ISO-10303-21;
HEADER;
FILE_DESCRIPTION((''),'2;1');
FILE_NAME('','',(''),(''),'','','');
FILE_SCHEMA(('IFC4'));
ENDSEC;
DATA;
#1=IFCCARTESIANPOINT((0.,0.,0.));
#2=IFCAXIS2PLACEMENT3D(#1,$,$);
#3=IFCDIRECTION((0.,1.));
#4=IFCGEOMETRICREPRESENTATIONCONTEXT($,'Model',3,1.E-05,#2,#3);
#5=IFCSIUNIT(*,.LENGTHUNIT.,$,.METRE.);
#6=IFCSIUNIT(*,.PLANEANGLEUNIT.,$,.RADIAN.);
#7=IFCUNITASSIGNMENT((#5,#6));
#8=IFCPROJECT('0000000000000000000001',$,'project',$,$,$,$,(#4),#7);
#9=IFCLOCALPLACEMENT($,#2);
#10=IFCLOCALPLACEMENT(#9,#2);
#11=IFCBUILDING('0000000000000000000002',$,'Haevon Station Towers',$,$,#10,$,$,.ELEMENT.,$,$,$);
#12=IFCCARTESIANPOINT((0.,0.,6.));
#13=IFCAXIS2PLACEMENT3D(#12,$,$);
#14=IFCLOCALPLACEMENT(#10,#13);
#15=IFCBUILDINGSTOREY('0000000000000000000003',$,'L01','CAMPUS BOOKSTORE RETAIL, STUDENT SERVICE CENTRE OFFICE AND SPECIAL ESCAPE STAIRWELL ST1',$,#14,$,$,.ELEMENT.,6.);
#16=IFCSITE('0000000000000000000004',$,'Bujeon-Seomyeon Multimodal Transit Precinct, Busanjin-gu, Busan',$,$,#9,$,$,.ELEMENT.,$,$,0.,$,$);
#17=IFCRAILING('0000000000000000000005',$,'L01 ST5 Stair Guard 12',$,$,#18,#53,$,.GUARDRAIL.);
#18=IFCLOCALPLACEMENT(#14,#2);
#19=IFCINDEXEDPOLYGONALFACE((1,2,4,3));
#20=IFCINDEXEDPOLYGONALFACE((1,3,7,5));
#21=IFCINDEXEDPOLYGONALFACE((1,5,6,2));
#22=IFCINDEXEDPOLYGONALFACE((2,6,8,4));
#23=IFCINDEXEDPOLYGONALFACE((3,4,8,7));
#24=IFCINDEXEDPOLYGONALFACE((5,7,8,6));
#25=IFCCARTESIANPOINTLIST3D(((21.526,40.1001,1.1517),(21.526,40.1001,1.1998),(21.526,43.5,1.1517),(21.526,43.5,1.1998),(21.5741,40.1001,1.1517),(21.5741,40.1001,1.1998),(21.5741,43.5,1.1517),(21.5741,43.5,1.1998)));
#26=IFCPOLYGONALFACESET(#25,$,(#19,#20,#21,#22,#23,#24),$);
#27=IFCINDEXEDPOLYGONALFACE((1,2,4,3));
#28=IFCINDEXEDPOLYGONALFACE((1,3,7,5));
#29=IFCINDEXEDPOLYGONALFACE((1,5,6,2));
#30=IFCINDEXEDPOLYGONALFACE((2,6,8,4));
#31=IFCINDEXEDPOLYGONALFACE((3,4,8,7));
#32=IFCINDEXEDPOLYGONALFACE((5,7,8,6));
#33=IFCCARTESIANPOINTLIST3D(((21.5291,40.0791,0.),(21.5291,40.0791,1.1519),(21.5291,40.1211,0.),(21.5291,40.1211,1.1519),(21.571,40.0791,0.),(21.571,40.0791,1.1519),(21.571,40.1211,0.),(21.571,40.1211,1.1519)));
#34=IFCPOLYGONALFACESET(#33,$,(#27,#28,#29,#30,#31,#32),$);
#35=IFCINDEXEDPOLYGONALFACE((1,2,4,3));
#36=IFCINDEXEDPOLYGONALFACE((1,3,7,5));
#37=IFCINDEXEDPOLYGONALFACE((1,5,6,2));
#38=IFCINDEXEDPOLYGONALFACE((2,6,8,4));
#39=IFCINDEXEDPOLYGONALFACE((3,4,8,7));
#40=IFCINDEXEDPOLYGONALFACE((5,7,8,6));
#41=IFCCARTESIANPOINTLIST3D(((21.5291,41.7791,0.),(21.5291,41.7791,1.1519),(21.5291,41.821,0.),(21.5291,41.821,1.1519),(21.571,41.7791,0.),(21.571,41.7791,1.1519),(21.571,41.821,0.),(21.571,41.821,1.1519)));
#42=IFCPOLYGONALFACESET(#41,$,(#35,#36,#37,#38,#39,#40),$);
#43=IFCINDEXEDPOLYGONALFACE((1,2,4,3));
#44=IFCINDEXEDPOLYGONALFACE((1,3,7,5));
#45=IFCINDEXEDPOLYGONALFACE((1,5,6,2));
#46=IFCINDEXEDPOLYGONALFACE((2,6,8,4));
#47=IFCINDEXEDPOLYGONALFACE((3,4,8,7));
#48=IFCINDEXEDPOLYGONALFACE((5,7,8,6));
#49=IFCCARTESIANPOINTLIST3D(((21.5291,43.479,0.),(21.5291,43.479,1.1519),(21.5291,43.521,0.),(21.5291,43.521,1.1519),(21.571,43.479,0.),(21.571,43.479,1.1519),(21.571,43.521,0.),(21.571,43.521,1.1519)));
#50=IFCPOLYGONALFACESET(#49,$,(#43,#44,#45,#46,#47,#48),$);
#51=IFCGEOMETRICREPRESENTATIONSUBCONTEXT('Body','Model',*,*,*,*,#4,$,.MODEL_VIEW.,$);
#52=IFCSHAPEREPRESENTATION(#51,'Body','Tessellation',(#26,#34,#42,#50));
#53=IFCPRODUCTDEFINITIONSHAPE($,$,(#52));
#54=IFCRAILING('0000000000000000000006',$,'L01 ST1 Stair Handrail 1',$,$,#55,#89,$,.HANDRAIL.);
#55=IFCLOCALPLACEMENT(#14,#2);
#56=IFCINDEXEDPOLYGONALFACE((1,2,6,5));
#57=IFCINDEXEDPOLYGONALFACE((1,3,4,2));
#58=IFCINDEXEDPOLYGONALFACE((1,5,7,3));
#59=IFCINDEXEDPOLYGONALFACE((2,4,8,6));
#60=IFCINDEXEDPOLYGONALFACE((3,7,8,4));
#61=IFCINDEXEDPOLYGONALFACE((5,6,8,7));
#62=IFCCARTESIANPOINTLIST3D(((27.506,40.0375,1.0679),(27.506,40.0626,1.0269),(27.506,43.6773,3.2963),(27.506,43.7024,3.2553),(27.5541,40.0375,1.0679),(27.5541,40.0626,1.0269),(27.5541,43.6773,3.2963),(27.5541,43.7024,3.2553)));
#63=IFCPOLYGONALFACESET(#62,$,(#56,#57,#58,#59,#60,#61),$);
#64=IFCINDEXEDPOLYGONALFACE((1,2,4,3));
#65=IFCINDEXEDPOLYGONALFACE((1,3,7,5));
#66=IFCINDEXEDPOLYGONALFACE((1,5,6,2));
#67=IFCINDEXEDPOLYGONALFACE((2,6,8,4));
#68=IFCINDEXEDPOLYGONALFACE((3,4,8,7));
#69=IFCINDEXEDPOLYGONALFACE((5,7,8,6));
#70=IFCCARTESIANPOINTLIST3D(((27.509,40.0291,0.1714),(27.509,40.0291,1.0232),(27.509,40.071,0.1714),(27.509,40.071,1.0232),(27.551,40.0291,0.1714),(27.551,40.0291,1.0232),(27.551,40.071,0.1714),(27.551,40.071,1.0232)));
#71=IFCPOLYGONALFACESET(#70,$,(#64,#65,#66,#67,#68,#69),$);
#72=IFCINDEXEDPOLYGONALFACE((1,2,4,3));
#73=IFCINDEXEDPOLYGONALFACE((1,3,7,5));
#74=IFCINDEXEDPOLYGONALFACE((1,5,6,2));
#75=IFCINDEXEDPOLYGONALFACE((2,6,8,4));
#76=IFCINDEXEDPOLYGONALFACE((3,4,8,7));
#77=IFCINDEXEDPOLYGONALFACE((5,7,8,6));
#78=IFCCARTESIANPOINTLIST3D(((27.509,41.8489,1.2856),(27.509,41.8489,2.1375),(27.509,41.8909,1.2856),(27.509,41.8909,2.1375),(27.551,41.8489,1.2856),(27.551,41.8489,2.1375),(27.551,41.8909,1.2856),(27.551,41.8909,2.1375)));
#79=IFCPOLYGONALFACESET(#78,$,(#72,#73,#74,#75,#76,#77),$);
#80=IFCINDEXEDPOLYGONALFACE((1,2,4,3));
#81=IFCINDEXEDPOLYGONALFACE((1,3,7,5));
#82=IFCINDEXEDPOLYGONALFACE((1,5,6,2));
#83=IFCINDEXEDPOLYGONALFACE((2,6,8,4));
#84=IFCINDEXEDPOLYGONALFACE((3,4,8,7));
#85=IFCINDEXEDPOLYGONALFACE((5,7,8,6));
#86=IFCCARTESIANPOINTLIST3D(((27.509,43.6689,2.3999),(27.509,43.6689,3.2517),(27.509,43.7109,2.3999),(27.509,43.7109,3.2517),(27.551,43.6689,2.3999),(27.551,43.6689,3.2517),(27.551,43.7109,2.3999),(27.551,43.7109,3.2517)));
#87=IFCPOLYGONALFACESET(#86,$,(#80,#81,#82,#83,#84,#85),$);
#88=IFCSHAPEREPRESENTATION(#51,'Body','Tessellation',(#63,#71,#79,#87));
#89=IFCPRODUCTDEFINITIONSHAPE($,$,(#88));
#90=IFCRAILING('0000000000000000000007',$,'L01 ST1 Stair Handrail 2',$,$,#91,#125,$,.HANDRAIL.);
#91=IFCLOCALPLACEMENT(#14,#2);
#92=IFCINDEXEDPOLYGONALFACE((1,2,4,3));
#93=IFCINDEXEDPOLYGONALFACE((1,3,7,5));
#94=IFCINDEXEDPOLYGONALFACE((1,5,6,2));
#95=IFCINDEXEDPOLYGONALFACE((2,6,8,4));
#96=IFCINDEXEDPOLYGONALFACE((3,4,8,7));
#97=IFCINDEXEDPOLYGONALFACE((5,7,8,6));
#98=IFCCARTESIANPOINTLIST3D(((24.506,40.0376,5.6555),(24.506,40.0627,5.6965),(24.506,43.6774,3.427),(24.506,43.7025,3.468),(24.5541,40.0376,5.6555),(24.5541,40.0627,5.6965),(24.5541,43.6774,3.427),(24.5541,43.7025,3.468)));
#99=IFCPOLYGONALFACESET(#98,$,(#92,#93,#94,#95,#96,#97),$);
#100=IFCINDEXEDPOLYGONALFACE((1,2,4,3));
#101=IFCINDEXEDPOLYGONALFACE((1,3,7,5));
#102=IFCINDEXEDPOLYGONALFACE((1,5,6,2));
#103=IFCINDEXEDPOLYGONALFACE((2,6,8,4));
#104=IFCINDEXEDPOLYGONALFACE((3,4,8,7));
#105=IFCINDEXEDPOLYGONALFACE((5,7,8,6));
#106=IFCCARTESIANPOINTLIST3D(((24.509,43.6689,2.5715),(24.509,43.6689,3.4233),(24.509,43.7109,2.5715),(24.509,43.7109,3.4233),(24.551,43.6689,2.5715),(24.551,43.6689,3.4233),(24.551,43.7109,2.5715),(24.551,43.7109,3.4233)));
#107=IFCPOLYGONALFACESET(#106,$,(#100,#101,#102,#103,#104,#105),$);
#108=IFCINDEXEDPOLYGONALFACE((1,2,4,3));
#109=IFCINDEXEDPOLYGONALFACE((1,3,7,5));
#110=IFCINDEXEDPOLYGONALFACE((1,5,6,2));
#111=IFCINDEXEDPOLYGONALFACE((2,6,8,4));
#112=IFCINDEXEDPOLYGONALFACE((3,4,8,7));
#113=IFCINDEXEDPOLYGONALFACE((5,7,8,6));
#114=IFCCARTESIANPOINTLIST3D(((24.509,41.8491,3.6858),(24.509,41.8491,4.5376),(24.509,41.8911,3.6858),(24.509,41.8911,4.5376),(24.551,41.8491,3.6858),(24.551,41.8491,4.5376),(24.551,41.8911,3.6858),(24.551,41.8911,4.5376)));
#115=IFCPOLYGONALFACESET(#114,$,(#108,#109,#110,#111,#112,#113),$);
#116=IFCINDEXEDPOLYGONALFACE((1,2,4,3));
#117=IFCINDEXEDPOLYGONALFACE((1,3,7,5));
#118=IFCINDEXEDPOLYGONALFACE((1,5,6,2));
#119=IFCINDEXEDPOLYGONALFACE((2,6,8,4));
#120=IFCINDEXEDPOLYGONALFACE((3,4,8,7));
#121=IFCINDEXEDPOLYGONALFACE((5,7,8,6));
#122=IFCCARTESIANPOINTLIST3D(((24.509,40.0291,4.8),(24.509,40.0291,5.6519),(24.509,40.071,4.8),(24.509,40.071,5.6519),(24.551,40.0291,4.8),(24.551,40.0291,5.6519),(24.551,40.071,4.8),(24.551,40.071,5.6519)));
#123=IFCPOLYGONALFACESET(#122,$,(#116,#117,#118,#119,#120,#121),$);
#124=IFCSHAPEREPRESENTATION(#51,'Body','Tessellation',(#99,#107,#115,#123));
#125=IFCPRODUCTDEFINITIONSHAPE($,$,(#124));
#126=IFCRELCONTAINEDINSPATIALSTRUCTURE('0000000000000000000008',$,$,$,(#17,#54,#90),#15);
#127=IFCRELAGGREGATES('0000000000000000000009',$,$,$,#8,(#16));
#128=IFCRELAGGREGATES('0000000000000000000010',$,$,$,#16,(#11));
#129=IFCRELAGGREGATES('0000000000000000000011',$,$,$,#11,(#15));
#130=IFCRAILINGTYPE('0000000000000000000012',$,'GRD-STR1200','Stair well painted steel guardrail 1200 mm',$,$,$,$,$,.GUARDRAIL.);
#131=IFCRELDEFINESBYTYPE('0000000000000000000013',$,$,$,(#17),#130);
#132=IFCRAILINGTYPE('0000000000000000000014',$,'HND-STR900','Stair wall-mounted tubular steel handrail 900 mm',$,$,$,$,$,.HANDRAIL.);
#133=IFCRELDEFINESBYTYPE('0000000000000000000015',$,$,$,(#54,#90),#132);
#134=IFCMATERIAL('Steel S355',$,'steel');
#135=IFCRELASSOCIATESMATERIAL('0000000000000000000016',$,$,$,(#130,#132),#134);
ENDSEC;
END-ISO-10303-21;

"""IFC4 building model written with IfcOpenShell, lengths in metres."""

from ifc_helpers import new_model, si_unit, direction, frame, origin, origin_2d, place, context, subcontext, project, spatial, rectangle, extrude, material, type_object, element, save


model = new_model("IFC4")

# Units and contexts
model_context = context("Model", 3, precision=1e-05, world=origin(), true_north=direction((0.0, 1.0)))
body_context = subcontext(model_context, "Body", "Model", "MODEL_VIEW")
ifc_project = project(units=[si_unit("LENGTHUNIT", "METRE"), si_unit("PLANEANGLEUNIT", "RADIAN")], contexts=[model_context])

# Site, building, storey
site_placement = place(None, origin())
site = spatial("IfcSite", under=ifc_project, at=site_placement, Name="Bujeon-Seomyeon Multimodal Transit Precinct, Busanjin-gu, Busan", CompositionType="ELEMENT", RefElevation=0.0)
building_placement = place(site_placement, origin())
building = spatial("IfcBuilding", under=site, at=building_placement, Name="Haevon Station Towers", CompositionType="ELEMENT")
storey_placement = place(building_placement, frame((0.0, 0.0, 6.0)))
storey = spatial("IfcBuildingStorey", under=building, at=storey_placement, Name="L01", Description="CAMPUS BOOKSTORE RETAIL, STUDENT SERVICE CENTRE OFFICE AND SPECIAL ESCAPE STAIRWELL ST1", CompositionType="ELEMENT", Elevation=6.0)

# Shared definitions
ifc_material_1 = material(Name="Steel S355", Category="steel")

# Railings
railing_type_1 = type_object("IfcRailingType", Name="GRD-STR1200", Description="Stair well painted steel guardrail 1200 mm", PredefinedType="GUARDRAIL", material=ifc_material_1)
railing_1_placement = place(storey_placement, frame((21.55, 40.1001, 0.0)))
element("IfcRailing", 1, at=railing_1_placement, inside=storey, type_object=railing_type_1, Name="L01 ST5 Stair Guard 12", PredefinedType="GUARDRAIL", context=body_context, shape_type="SweptSolid", body=[
    extrude(rectangle(XDim=0.0481, YDim=0.0481, at=origin_2d()), frame((0.0, 0.0, 1.1758), z_axis=(0.0, 1.0, 0.0), x_axis=(-1.0, 0.0, 0.0)), (0.0, 0.0, 1.0), 3.3999),
    extrude(rectangle(XDim=0.042, YDim=0.042, at=origin_2d()), origin(), (0.0, 0.0, 1.0), 1.1519),
    extrude(rectangle(XDim=0.042, YDim=0.042, at=origin_2d()), frame((0.0, 1.7, 0.0)), (0.0, 0.0, 1.0), 1.1519),
    extrude(rectangle(XDim=0.042, YDim=0.042, at=origin_2d()), frame((0.0, 3.3999, 0.0)), (0.0, 0.0, 1.0), 1.1519),
])
railing_type_2 = type_object("IfcRailingType", Name="HND-STR900", Description="Stair wall-mounted tubular steel handrail 900 mm", PredefinedType="HANDRAIL", material=ifc_material_1)
railing_2_placement = place(storey_placement, frame((27.53, 40.05, 0.1714)))
element("IfcRailing", 2, at=railing_2_placement, inside=storey, type_object=railing_type_2, Name="L01 ST1 Stair Handrail 1", PredefinedType="HANDRAIL", context=body_context, shape_type="SweptSolid", body=[
    extrude(rectangle(XDim=0.0481, YDim=0.0481, at=origin_2d()), frame((0.0, 0.0, 0.876), z_axis=(0.0, 0.85285, 0.522156), x_axis=(-1.0, 0.0, 0.0)), (0.0, 0.0, 1.0), 4.2678),
    extrude(rectangle(XDim=0.042, YDim=0.042, at=origin_2d()), origin(), (0.0, 0.0, 1.0), 0.8518),
    extrude(rectangle(XDim=0.042, YDim=0.042, at=origin_2d()), frame((0.0, 1.8198, 1.1143)), (0.0, 0.0, 1.0), 0.8518),
    extrude(rectangle(XDim=0.042, YDim=0.042, at=origin_2d()), frame((0.0, 3.6399, 2.2285)), (0.0, 0.0, 1.0), 0.8518),
])
railing_3_placement = place(storey_placement, frame((24.53, 43.6899, 2.5715)))
element("IfcRailing", 3, at=railing_3_placement, inside=storey, type_object=railing_type_2, Name="L01 ST1 Stair Handrail 2", PredefinedType="HANDRAIL", context=body_context, shape_type="SweptSolid", body=[
    extrude(rectangle(XDim=0.0481, YDim=0.0481, at=origin_2d()), frame((0.0, 0.0, 0.876), z_axis=(0.0, -0.85285, 0.522156), x_axis=(1.0, 0.0, 0.0)), (0.0, 0.0, 1.0), 4.2678),
    extrude(rectangle(XDim=0.042, YDim=0.042, at=origin_2d()), origin(), (0.0, 0.0, 1.0), 0.8518),
    extrude(rectangle(XDim=0.042, YDim=0.042, at=origin_2d()), frame((0.0, -1.8198, 1.1143)), (0.0, 0.0, 1.0), 0.8518),
    extrude(rectangle(XDim=0.042, YDim=0.042, at=origin_2d()), frame((0.0, -3.6399, 2.2285)), (0.0, 0.0, 1.0), 0.8518),
])

save(model, "model.ifc")
